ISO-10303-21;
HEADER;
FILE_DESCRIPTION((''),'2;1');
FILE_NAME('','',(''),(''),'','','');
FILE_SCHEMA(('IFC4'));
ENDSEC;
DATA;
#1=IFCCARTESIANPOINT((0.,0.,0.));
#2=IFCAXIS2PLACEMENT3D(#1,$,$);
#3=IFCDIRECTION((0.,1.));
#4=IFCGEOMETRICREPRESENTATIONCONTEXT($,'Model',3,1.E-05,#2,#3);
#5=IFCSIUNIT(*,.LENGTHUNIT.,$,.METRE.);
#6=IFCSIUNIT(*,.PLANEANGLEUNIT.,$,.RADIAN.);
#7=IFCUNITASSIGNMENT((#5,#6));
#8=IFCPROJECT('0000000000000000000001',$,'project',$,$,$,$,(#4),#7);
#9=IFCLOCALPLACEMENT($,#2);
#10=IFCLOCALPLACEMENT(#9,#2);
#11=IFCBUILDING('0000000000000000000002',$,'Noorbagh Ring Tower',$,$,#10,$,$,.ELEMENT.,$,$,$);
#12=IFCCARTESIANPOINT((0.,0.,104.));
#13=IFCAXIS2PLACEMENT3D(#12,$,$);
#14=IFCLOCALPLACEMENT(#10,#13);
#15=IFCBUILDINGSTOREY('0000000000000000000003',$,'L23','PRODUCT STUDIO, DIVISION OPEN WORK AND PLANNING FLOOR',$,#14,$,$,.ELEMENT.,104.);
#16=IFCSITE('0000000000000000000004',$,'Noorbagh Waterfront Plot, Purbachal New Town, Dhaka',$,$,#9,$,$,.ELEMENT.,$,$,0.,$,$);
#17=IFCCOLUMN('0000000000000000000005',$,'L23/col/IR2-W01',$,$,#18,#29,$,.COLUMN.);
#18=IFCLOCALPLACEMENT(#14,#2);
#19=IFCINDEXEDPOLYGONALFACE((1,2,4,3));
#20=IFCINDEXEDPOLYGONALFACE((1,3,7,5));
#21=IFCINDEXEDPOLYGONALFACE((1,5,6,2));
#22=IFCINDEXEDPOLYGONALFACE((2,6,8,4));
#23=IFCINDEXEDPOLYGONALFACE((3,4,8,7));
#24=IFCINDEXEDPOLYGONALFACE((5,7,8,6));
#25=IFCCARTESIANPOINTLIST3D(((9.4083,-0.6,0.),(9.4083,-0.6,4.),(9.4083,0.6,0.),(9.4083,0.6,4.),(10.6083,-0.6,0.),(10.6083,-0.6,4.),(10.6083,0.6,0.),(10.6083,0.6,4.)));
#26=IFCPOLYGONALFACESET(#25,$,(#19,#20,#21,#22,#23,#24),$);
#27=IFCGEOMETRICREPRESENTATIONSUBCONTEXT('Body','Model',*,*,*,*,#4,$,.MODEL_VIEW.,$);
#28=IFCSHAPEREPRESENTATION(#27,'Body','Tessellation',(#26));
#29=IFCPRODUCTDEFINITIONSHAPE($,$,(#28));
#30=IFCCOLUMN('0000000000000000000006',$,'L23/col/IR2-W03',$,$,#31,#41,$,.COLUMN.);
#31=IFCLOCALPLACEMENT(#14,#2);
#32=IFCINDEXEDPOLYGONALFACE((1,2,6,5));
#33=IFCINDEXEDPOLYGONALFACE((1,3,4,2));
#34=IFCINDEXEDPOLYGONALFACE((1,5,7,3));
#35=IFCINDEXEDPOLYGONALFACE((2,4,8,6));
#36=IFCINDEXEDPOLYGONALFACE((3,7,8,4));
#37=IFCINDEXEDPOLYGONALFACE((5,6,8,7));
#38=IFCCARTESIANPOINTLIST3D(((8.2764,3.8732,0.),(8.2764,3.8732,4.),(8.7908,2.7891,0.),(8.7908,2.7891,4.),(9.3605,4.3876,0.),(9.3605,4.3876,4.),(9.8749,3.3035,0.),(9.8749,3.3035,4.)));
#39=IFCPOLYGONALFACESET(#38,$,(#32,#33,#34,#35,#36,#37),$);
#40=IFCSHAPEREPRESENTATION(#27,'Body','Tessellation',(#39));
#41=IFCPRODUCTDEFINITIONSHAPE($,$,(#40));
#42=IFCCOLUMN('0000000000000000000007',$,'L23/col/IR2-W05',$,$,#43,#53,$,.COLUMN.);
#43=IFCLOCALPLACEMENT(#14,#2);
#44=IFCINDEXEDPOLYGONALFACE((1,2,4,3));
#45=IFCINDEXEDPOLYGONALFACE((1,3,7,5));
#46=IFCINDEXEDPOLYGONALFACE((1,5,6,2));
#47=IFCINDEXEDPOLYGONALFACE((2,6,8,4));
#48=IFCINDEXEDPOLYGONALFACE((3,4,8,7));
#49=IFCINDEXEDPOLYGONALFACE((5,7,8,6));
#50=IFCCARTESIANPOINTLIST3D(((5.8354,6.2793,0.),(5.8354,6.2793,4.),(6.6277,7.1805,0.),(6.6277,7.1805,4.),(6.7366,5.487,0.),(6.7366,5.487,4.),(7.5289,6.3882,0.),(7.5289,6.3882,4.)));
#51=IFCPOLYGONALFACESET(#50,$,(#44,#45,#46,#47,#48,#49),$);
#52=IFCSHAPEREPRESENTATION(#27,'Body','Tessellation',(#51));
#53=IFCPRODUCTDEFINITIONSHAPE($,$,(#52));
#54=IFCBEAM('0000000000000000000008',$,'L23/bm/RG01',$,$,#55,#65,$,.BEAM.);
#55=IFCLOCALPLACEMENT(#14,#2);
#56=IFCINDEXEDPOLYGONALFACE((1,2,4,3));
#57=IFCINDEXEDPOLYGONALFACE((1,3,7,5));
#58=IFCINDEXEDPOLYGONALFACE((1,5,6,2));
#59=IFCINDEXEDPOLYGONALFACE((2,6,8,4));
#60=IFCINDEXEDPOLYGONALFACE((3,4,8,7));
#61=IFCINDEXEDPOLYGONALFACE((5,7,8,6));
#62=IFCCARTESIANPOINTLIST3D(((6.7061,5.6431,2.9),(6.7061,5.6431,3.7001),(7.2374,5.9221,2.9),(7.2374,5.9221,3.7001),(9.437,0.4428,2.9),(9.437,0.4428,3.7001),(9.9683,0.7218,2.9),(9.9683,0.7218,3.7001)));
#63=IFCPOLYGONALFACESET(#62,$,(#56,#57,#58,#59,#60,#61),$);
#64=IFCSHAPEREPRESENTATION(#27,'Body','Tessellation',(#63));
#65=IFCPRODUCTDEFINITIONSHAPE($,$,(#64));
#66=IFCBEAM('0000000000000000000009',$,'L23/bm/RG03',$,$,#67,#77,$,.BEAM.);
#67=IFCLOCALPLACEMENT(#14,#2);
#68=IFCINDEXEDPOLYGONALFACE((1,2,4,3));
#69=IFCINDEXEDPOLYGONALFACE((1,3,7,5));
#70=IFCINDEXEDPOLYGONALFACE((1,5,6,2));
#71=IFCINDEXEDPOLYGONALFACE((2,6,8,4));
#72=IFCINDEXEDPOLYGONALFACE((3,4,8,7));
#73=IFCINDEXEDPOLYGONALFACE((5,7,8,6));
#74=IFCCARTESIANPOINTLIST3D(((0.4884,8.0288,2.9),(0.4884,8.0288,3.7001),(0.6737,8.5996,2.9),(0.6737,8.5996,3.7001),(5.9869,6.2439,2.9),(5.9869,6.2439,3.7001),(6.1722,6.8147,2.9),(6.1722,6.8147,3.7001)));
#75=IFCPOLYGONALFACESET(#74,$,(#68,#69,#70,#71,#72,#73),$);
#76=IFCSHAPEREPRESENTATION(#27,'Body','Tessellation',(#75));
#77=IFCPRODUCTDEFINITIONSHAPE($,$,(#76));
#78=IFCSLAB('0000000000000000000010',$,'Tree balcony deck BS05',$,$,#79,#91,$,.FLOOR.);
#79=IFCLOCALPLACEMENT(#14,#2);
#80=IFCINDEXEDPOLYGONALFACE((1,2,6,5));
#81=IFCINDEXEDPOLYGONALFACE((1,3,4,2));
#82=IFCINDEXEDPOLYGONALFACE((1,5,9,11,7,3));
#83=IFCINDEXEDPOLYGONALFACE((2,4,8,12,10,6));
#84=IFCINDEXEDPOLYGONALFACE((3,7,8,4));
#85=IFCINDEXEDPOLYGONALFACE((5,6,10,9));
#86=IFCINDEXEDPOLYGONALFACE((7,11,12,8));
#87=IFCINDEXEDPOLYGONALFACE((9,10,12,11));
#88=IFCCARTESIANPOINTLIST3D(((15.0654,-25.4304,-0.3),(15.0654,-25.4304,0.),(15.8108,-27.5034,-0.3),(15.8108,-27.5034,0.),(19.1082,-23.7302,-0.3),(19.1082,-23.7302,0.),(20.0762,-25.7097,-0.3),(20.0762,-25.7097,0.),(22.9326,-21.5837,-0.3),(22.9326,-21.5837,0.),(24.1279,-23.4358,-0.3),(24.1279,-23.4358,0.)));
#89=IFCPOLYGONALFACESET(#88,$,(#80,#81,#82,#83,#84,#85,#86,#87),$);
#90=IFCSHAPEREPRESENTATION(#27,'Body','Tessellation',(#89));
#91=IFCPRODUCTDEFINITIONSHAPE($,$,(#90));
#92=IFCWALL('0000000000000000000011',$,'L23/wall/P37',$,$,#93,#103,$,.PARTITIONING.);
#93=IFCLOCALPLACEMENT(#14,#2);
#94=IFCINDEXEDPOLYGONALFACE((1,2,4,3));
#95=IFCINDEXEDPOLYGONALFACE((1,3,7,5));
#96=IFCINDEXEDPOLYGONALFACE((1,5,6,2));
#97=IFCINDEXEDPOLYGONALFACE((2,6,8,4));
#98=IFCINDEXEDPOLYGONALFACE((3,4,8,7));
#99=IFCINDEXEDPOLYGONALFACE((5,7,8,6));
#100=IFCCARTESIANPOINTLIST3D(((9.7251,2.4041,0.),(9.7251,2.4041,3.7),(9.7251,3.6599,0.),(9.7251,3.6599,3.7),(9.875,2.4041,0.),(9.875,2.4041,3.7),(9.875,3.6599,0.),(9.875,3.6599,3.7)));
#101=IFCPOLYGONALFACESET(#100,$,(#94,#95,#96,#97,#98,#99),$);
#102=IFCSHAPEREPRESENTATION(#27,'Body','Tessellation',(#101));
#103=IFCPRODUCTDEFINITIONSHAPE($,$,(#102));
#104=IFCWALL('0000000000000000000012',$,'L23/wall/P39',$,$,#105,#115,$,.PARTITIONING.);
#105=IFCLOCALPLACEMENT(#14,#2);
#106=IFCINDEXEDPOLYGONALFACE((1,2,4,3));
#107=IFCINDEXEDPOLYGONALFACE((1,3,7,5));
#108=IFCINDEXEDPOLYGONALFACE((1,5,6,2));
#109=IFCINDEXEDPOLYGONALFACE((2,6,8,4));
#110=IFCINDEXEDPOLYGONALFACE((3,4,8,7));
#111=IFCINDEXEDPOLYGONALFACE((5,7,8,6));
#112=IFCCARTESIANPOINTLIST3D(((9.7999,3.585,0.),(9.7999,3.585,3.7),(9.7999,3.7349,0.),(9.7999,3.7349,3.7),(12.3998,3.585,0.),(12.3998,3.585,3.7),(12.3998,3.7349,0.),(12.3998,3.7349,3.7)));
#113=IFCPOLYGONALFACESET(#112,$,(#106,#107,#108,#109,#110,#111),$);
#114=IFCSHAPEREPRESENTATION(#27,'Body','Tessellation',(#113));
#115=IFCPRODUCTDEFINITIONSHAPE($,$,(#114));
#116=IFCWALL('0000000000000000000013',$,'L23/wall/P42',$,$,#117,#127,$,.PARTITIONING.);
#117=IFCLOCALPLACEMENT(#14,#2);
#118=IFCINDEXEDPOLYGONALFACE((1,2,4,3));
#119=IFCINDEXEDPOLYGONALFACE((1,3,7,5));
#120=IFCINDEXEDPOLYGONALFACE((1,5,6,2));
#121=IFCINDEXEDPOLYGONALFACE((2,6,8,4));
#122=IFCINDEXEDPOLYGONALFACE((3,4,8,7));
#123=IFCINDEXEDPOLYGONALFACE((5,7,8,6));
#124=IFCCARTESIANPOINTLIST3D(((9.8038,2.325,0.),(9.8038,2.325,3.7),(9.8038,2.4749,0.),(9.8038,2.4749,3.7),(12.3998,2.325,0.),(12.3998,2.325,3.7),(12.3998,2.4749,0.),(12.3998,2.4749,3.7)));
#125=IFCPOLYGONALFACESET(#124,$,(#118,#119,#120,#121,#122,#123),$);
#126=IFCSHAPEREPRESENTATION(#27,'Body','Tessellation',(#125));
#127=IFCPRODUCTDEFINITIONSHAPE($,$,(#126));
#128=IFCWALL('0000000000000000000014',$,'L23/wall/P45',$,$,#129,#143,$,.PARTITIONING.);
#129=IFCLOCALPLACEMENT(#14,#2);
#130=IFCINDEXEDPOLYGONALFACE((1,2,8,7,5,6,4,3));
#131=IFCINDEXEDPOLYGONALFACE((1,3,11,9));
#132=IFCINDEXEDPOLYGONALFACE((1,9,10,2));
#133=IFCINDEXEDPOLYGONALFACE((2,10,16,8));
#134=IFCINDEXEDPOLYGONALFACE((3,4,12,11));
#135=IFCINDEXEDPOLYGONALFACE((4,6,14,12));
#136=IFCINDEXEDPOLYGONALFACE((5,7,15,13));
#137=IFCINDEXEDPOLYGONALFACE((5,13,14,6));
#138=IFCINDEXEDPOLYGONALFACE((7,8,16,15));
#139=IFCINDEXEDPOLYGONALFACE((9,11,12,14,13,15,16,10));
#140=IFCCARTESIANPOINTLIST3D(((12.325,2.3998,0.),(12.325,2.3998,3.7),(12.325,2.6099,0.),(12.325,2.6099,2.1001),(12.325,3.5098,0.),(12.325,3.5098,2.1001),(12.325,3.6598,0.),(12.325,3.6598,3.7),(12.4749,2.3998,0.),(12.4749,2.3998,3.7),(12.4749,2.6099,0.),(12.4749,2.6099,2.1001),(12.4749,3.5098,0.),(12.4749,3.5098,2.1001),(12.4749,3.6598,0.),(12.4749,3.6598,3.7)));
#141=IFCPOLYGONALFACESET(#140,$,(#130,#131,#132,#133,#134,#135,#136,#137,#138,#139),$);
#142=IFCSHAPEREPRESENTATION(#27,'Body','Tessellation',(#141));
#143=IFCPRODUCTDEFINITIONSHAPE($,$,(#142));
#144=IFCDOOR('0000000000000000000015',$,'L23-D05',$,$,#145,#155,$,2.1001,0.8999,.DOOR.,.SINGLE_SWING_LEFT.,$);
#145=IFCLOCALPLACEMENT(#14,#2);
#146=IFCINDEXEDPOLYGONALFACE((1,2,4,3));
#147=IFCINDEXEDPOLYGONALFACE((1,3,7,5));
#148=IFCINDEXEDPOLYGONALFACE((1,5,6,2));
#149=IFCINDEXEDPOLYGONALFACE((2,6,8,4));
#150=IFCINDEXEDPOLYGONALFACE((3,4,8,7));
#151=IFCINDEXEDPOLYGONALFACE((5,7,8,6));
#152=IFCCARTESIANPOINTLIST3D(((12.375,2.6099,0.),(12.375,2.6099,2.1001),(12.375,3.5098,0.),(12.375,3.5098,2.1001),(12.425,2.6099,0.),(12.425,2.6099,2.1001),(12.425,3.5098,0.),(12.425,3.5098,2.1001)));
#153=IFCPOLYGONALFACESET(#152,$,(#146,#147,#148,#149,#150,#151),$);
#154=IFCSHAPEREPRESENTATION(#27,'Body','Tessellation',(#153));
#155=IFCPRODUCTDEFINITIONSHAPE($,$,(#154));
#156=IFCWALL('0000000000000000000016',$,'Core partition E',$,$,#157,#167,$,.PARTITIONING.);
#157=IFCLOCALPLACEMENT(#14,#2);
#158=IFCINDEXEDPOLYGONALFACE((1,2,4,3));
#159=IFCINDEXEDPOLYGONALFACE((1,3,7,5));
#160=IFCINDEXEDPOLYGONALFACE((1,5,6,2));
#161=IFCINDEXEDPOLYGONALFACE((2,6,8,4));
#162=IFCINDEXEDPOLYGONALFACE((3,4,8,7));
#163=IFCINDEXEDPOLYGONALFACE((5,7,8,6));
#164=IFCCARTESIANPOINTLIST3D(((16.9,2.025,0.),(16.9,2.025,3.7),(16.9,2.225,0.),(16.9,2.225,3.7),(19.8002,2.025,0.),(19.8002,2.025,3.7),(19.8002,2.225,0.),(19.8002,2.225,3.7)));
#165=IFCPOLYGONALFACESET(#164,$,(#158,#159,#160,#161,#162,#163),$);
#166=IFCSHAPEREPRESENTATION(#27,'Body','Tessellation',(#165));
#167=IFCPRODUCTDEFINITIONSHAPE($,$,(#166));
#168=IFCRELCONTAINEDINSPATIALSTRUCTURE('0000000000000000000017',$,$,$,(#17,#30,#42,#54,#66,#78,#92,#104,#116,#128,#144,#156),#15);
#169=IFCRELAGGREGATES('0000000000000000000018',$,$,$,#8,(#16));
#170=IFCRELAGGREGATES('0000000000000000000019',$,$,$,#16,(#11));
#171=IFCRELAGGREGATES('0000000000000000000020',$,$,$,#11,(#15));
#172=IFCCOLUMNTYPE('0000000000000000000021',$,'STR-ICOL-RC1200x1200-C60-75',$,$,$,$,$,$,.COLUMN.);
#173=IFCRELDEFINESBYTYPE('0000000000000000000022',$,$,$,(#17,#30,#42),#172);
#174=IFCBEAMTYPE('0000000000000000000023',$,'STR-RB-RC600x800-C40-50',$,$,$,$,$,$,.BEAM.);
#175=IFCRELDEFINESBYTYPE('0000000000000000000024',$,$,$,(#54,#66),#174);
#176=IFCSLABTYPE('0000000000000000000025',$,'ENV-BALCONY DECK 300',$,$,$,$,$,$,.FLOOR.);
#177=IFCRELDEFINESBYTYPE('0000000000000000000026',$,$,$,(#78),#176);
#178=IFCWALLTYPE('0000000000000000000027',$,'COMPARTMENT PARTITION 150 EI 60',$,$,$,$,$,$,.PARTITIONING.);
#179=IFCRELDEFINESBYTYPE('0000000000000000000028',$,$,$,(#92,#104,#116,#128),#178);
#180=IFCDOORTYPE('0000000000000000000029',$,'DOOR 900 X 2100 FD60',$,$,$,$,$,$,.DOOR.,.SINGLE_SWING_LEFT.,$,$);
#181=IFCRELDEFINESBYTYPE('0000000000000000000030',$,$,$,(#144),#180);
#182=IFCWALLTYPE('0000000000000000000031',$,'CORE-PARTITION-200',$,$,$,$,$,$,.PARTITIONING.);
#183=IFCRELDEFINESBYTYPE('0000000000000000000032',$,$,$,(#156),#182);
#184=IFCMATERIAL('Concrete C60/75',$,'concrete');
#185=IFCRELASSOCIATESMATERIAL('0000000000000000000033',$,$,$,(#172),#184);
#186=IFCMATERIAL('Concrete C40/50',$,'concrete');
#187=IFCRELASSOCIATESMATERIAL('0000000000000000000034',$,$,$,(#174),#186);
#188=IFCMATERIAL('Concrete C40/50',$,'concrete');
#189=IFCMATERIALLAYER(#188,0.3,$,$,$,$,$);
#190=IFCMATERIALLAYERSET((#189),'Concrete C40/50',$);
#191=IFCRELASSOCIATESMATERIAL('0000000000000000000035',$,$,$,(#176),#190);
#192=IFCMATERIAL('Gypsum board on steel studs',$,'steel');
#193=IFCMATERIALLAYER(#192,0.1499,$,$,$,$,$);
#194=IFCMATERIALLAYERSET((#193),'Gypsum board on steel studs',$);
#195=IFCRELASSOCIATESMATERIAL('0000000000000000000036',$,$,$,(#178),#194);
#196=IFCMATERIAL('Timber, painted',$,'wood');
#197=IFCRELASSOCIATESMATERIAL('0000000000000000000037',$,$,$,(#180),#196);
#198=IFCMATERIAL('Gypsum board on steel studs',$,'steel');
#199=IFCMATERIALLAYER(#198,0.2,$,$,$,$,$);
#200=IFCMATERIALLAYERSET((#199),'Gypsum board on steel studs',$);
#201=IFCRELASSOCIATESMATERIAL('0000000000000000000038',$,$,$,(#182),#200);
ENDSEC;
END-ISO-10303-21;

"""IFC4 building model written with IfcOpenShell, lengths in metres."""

from ifc_helpers import new_model, si_unit, direction, frame, frame_2d, origin, origin_2d, place, context, subcontext, project, spatial, polyline, rectangle, outline, extrude, material, layer, layer_set, material_profile, profile_set, type_object, element, fill, save


model = new_model("IFC4")

# Units and contexts
model_context = context("Model", 3, precision=1e-05, world=origin(), true_north=direction((0.0, 1.0)))
body_context = subcontext(model_context, "Body", "Model", "MODEL_VIEW")
ifc_project = project(units=[si_unit("LENGTHUNIT", "METRE"), si_unit("PLANEANGLEUNIT", "RADIAN")], contexts=[model_context])

# Site, building, storey
site_placement = place(None, origin())
site = spatial("IfcSite", under=ifc_project, at=site_placement, Name="Noorbagh Waterfront Plot, Purbachal New Town, Dhaka", CompositionType="ELEMENT", RefElevation=0.0)
building_placement = place(site_placement, origin())
building = spatial("IfcBuilding", under=site, at=building_placement, Name="Noorbagh Ring Tower", CompositionType="ELEMENT")
storey_placement = place(building_placement, frame((0.0, 0.0, 104.0)))
storey = spatial("IfcBuildingStorey", under=building, at=storey_placement, Name="L23", Description="PRODUCT STUDIO, DIVISION OPEN WORK AND PLANNING FLOOR", CompositionType="ELEMENT", Elevation=104.0)

# Columns
ifc_material_1 = material(Name="Concrete C60/75", Category="concrete")
ifc_material_profile_1 = material_profile(ifc_material_1, rectangle(XDim=1.2, YDim=1.2, at=origin_2d()), Name="RC1200x1200")
ifc_profile_set_1 = profile_set([ifc_material_profile_1], Name="Concrete C60/75")
column_type = type_object("IfcColumnType", Name="STR-ICOL-RC1200x1200-C60-75", PredefinedType="COLUMN", material=ifc_profile_set_1)
for number, where, z_axis, x_axis, name in (
    (1, (10.0083, 0.0, 0.0), (0.0, 0.0, 1.0), (0.0, 1.0, 0.0), "L23/col/IR2-W01"),
    (2, (9.0757, 3.5884, 0.0), (0.0, 0.0, 1.0), (-0.428667, 0.903463, 0.0), "L23/col/IR2-W03"),
    (3, (6.6821, 6.3337, 0.0), (0.0, 0.0, 1.0), (-0.751022, 0.660277, 0.0), "L23/col/IR2-W05"),
):
    element("IfcColumn", number, at=place(storey_placement, frame(where, z_axis=z_axis, x_axis=x_axis)), inside=storey, type_object=column_type, Name=name, PredefinedType="COLUMN", context=body_context, shape_type="SweptSolid", body=[
        extrude(rectangle(XDim=1.2, YDim=1.2, at=origin_2d()), origin(), (0.0, 0.0, 1.0), 4.0),
    ])

# Beams
ifc_material_2 = material(Name="Concrete C40/50", Category="concrete")
ifc_material_profile_2 = material_profile(ifc_material_2, rectangle(XDim=0.6001, YDim=0.8, at=origin_2d()), Name="RC600x800")
ifc_profile_set_2 = profile_set([ifc_material_profile_2], Name="Concrete C40/50")
beam_type = type_object("IfcBeamType", Name="STR-RB-RC600x800-C40-50", PredefinedType="BEAM", material=ifc_profile_set_2)
beam_1_placement = place(storey_placement, frame((9.7026, 0.5823, 3.3), z_axis=(-0.464931, 0.885347, 0.0), x_axis=(-0.885347, -0.464931, 0.0)))
element("IfcBeam", 4, at=beam_1_placement, inside=storey, type_object=beam_type, Name="L23/bm/RG01", PredefinedType="BEAM", context=body_context, shape_type="SweptSolid", body=[
    extrude(rectangle(XDim=0.6001, YDim=0.8, at=origin_2d()), origin(), (0.0, 0.0, 1.0), 5.8738),
])
beam_2_placement = place(storey_placement, frame((6.0796, 6.5293, 3.3), z_axis=(-0.951141, 0.308756, 0.0), x_axis=(-0.308756, -0.951141, 0.0)))
element("IfcBeam", 5, at=beam_2_placement, inside=storey, type_object=beam_type, Name="L23/bm/RG03", PredefinedType="BEAM", context=body_context, shape_type="SweptSolid", body=[
    extrude(rectangle(XDim=0.6001, YDim=0.8, at=origin_2d()), origin(), (0.0, 0.0, 1.0), 5.781),
])

# Slab
ifc_material_3 = material(Name="Concrete C40/50", Category="concrete")
ifc_layer_1 = layer(ifc_material_3, 0.3)
ifc_layer_set_1 = layer_set([ifc_layer_1], Name="Concrete C40/50")
slab_type = type_object("IfcSlabType", Name="ENV-BALCONY DECK 300", PredefinedType="FLOOR", material=ifc_layer_set_1)
slab_placement = place(storey_placement, frame((0.0, 0.0, -0.3)))
element("IfcSlab", 6, at=slab_placement, inside=storey, type_object=slab_type, Name="Tree balcony deck BS05", PredefinedType="FLOOR", context=body_context, shape_type="SweptSolid", body=[
    extrude(outline(polyline([(15.8108, -27.5034), (20.0762, -25.7097), (24.1279, -23.4358), (22.9326, -21.5837), (19.1082, -23.7302), (15.0654, -25.4304), (15.8108, -27.5034)])), origin(), (0.0, 0.0, 1.0), 0.3),
])

# Walls
ifc_material_4 = material(Name="Gypsum board on steel studs", Category="steel")
ifc_layer_2 = layer(ifc_material_4, 0.1499)
ifc_layer_set_2 = layer_set([ifc_layer_2], Name="Gypsum board on steel studs")
wall_type_1 = type_object("IfcWallType", Name="COMPARTMENT PARTITION 150 EI 60", PredefinedType="PARTITIONING", material=ifc_layer_set_2)
wall_1_placement = place(storey_placement, frame((9.8, 2.4041, 0.0), z_axis=(0.0, 0.0, 1.0), x_axis=(0.0, 1.0, 0.0)))
element("IfcWall", 7, at=wall_1_placement, inside=storey, type_object=wall_type_1, Name="L23/wall/P37", PredefinedType="PARTITIONING", context=body_context, shape_type="SweptSolid", body=[
    extrude(rectangle(XDim=1.2559, YDim=0.1499, at=frame_2d((0.6279, 0.0))), origin(), (0.0, 0.0, 1.0), 3.7),
])
wall_2_placement = place(storey_placement, frame((9.8, 3.6599, 0.0), z_axis=(0.0, 0.0, 1.0), x_axis=(1.0, 0.0, 0.0)))
element("IfcWall", 8, at=wall_2_placement, inside=storey, type_object=wall_type_1, Name="L23/wall/P39", PredefinedType="PARTITIONING", context=body_context, shape_type="SweptSolid", body=[
    extrude(rectangle(XDim=2.5999, YDim=0.1499, at=frame_2d((1.2998, 0.0))), origin(), (0.0, 0.0, 1.0), 3.7),
])
wall_3_placement = place(storey_placement, frame((9.804, 2.3999, 0.0), z_axis=(0.0, 0.0, 1.0), x_axis=(1.0, 0.0, 0.0)))
element("IfcWall", 9, at=wall_3_placement, inside=storey, type_object=wall_type_1, Name="L23/wall/P42", PredefinedType="PARTITIONING", context=body_context, shape_type="SweptSolid", body=[
    extrude(rectangle(XDim=2.5959, YDim=0.1499, at=frame_2d((1.2979, 0.0))), origin(), (0.0, 0.0, 1.0), 3.7),
])

# Wall, opening, door
wall_4_placement = place(storey_placement, frame((12.3999, 2.3999, 0.0), z_axis=(0.0, 0.0, 1.0), x_axis=(0.0, 1.0, 0.0)))
wall_4 = element("IfcWall", 10, at=wall_4_placement, inside=storey, type_object=wall_type_1, Name="L23/wall/P45", PredefinedType="PARTITIONING", context=body_context, shape_type="SweptSolid", body=[
    extrude(rectangle(XDim=1.26, YDim=0.1499, at=frame_2d((0.6299, 0.0))), origin(), (0.0, 0.0, 1.0), 3.7),
])
opening_1_placement = place(wall_4_placement, frame((0.21, 0.0, 0.0)))
opening_1 = element("IfcOpeningElement", 11, at=opening_1_placement, cuts=wall_4, PredefinedType="OPENING", context=body_context, shape_type="SweptSolid", body=[
    extrude(rectangle(XDim=0.8999, YDim=2.1001, at=frame_2d((0.45, 1.05))), frame((0.0, 0.085, 0.0), z_axis=(0.0, -1.0, 0.0), x_axis=(1.0, 0.0, 0.0)), (0.0, 0.0, 1.0), 0.1699),
])
ifc_material_5 = material(Name="Timber, painted", Category="wood")
door_type_1 = type_object("IfcDoorType", Name="DOOR 900 X 2100 FD60", OperationType="SINGLE_SWING_LEFT", PredefinedType="DOOR", material=ifc_material_5)
door_1_placement = place(opening_1_placement, origin())
door_1 = element("IfcDoor", 12, at=door_1_placement, inside=storey, type_object=door_type_1, Name="L23-D05", OperationType="SINGLE_SWING_LEFT", OverallHeight=2.1001, OverallWidth=0.8999, PredefinedType="DOOR", context=body_context, shape_type="SweptSolid", body=[
    extrude(rectangle(XDim=0.8999, YDim=2.1001, at=frame_2d((0.45, 1.05))), frame((0.0, 0.0249, 0.0), z_axis=(0.0, -1.0, 0.0), x_axis=(1.0, 0.0, 0.0)), (0.0, 0.0, 1.0), 0.05),
])
fill(opening_1, door_1)

# Wall
ifc_material_6 = material(Name="Gypsum board on steel studs", Category="steel")
ifc_layer_3 = layer(ifc_material_6, 0.2)
ifc_layer_set_3 = layer_set([ifc_layer_3], Name="Gypsum board on steel studs")
wall_type_2 = type_object("IfcWallType", Name="CORE-PARTITION-200", PredefinedType="PARTITIONING", material=ifc_layer_set_3)
wall_5_placement = place(storey_placement, frame((16.8999, 2.125, 0.0), z_axis=(0.0, 0.0, 1.0), x_axis=(1.0, 0.0, 0.0)))
element("IfcWall", 13, at=wall_5_placement, inside=storey, type_object=wall_type_2, Name="Core partition E", PredefinedType="PARTITIONING", context=body_context, shape_type="SweptSolid", body=[
    extrude(rectangle(XDim=2.9001, YDim=0.2, at=frame_2d((1.4502, 0.0))), origin(), (0.0, 0.0, 1.0), 3.7),
])

save(model, "model.ifc")
